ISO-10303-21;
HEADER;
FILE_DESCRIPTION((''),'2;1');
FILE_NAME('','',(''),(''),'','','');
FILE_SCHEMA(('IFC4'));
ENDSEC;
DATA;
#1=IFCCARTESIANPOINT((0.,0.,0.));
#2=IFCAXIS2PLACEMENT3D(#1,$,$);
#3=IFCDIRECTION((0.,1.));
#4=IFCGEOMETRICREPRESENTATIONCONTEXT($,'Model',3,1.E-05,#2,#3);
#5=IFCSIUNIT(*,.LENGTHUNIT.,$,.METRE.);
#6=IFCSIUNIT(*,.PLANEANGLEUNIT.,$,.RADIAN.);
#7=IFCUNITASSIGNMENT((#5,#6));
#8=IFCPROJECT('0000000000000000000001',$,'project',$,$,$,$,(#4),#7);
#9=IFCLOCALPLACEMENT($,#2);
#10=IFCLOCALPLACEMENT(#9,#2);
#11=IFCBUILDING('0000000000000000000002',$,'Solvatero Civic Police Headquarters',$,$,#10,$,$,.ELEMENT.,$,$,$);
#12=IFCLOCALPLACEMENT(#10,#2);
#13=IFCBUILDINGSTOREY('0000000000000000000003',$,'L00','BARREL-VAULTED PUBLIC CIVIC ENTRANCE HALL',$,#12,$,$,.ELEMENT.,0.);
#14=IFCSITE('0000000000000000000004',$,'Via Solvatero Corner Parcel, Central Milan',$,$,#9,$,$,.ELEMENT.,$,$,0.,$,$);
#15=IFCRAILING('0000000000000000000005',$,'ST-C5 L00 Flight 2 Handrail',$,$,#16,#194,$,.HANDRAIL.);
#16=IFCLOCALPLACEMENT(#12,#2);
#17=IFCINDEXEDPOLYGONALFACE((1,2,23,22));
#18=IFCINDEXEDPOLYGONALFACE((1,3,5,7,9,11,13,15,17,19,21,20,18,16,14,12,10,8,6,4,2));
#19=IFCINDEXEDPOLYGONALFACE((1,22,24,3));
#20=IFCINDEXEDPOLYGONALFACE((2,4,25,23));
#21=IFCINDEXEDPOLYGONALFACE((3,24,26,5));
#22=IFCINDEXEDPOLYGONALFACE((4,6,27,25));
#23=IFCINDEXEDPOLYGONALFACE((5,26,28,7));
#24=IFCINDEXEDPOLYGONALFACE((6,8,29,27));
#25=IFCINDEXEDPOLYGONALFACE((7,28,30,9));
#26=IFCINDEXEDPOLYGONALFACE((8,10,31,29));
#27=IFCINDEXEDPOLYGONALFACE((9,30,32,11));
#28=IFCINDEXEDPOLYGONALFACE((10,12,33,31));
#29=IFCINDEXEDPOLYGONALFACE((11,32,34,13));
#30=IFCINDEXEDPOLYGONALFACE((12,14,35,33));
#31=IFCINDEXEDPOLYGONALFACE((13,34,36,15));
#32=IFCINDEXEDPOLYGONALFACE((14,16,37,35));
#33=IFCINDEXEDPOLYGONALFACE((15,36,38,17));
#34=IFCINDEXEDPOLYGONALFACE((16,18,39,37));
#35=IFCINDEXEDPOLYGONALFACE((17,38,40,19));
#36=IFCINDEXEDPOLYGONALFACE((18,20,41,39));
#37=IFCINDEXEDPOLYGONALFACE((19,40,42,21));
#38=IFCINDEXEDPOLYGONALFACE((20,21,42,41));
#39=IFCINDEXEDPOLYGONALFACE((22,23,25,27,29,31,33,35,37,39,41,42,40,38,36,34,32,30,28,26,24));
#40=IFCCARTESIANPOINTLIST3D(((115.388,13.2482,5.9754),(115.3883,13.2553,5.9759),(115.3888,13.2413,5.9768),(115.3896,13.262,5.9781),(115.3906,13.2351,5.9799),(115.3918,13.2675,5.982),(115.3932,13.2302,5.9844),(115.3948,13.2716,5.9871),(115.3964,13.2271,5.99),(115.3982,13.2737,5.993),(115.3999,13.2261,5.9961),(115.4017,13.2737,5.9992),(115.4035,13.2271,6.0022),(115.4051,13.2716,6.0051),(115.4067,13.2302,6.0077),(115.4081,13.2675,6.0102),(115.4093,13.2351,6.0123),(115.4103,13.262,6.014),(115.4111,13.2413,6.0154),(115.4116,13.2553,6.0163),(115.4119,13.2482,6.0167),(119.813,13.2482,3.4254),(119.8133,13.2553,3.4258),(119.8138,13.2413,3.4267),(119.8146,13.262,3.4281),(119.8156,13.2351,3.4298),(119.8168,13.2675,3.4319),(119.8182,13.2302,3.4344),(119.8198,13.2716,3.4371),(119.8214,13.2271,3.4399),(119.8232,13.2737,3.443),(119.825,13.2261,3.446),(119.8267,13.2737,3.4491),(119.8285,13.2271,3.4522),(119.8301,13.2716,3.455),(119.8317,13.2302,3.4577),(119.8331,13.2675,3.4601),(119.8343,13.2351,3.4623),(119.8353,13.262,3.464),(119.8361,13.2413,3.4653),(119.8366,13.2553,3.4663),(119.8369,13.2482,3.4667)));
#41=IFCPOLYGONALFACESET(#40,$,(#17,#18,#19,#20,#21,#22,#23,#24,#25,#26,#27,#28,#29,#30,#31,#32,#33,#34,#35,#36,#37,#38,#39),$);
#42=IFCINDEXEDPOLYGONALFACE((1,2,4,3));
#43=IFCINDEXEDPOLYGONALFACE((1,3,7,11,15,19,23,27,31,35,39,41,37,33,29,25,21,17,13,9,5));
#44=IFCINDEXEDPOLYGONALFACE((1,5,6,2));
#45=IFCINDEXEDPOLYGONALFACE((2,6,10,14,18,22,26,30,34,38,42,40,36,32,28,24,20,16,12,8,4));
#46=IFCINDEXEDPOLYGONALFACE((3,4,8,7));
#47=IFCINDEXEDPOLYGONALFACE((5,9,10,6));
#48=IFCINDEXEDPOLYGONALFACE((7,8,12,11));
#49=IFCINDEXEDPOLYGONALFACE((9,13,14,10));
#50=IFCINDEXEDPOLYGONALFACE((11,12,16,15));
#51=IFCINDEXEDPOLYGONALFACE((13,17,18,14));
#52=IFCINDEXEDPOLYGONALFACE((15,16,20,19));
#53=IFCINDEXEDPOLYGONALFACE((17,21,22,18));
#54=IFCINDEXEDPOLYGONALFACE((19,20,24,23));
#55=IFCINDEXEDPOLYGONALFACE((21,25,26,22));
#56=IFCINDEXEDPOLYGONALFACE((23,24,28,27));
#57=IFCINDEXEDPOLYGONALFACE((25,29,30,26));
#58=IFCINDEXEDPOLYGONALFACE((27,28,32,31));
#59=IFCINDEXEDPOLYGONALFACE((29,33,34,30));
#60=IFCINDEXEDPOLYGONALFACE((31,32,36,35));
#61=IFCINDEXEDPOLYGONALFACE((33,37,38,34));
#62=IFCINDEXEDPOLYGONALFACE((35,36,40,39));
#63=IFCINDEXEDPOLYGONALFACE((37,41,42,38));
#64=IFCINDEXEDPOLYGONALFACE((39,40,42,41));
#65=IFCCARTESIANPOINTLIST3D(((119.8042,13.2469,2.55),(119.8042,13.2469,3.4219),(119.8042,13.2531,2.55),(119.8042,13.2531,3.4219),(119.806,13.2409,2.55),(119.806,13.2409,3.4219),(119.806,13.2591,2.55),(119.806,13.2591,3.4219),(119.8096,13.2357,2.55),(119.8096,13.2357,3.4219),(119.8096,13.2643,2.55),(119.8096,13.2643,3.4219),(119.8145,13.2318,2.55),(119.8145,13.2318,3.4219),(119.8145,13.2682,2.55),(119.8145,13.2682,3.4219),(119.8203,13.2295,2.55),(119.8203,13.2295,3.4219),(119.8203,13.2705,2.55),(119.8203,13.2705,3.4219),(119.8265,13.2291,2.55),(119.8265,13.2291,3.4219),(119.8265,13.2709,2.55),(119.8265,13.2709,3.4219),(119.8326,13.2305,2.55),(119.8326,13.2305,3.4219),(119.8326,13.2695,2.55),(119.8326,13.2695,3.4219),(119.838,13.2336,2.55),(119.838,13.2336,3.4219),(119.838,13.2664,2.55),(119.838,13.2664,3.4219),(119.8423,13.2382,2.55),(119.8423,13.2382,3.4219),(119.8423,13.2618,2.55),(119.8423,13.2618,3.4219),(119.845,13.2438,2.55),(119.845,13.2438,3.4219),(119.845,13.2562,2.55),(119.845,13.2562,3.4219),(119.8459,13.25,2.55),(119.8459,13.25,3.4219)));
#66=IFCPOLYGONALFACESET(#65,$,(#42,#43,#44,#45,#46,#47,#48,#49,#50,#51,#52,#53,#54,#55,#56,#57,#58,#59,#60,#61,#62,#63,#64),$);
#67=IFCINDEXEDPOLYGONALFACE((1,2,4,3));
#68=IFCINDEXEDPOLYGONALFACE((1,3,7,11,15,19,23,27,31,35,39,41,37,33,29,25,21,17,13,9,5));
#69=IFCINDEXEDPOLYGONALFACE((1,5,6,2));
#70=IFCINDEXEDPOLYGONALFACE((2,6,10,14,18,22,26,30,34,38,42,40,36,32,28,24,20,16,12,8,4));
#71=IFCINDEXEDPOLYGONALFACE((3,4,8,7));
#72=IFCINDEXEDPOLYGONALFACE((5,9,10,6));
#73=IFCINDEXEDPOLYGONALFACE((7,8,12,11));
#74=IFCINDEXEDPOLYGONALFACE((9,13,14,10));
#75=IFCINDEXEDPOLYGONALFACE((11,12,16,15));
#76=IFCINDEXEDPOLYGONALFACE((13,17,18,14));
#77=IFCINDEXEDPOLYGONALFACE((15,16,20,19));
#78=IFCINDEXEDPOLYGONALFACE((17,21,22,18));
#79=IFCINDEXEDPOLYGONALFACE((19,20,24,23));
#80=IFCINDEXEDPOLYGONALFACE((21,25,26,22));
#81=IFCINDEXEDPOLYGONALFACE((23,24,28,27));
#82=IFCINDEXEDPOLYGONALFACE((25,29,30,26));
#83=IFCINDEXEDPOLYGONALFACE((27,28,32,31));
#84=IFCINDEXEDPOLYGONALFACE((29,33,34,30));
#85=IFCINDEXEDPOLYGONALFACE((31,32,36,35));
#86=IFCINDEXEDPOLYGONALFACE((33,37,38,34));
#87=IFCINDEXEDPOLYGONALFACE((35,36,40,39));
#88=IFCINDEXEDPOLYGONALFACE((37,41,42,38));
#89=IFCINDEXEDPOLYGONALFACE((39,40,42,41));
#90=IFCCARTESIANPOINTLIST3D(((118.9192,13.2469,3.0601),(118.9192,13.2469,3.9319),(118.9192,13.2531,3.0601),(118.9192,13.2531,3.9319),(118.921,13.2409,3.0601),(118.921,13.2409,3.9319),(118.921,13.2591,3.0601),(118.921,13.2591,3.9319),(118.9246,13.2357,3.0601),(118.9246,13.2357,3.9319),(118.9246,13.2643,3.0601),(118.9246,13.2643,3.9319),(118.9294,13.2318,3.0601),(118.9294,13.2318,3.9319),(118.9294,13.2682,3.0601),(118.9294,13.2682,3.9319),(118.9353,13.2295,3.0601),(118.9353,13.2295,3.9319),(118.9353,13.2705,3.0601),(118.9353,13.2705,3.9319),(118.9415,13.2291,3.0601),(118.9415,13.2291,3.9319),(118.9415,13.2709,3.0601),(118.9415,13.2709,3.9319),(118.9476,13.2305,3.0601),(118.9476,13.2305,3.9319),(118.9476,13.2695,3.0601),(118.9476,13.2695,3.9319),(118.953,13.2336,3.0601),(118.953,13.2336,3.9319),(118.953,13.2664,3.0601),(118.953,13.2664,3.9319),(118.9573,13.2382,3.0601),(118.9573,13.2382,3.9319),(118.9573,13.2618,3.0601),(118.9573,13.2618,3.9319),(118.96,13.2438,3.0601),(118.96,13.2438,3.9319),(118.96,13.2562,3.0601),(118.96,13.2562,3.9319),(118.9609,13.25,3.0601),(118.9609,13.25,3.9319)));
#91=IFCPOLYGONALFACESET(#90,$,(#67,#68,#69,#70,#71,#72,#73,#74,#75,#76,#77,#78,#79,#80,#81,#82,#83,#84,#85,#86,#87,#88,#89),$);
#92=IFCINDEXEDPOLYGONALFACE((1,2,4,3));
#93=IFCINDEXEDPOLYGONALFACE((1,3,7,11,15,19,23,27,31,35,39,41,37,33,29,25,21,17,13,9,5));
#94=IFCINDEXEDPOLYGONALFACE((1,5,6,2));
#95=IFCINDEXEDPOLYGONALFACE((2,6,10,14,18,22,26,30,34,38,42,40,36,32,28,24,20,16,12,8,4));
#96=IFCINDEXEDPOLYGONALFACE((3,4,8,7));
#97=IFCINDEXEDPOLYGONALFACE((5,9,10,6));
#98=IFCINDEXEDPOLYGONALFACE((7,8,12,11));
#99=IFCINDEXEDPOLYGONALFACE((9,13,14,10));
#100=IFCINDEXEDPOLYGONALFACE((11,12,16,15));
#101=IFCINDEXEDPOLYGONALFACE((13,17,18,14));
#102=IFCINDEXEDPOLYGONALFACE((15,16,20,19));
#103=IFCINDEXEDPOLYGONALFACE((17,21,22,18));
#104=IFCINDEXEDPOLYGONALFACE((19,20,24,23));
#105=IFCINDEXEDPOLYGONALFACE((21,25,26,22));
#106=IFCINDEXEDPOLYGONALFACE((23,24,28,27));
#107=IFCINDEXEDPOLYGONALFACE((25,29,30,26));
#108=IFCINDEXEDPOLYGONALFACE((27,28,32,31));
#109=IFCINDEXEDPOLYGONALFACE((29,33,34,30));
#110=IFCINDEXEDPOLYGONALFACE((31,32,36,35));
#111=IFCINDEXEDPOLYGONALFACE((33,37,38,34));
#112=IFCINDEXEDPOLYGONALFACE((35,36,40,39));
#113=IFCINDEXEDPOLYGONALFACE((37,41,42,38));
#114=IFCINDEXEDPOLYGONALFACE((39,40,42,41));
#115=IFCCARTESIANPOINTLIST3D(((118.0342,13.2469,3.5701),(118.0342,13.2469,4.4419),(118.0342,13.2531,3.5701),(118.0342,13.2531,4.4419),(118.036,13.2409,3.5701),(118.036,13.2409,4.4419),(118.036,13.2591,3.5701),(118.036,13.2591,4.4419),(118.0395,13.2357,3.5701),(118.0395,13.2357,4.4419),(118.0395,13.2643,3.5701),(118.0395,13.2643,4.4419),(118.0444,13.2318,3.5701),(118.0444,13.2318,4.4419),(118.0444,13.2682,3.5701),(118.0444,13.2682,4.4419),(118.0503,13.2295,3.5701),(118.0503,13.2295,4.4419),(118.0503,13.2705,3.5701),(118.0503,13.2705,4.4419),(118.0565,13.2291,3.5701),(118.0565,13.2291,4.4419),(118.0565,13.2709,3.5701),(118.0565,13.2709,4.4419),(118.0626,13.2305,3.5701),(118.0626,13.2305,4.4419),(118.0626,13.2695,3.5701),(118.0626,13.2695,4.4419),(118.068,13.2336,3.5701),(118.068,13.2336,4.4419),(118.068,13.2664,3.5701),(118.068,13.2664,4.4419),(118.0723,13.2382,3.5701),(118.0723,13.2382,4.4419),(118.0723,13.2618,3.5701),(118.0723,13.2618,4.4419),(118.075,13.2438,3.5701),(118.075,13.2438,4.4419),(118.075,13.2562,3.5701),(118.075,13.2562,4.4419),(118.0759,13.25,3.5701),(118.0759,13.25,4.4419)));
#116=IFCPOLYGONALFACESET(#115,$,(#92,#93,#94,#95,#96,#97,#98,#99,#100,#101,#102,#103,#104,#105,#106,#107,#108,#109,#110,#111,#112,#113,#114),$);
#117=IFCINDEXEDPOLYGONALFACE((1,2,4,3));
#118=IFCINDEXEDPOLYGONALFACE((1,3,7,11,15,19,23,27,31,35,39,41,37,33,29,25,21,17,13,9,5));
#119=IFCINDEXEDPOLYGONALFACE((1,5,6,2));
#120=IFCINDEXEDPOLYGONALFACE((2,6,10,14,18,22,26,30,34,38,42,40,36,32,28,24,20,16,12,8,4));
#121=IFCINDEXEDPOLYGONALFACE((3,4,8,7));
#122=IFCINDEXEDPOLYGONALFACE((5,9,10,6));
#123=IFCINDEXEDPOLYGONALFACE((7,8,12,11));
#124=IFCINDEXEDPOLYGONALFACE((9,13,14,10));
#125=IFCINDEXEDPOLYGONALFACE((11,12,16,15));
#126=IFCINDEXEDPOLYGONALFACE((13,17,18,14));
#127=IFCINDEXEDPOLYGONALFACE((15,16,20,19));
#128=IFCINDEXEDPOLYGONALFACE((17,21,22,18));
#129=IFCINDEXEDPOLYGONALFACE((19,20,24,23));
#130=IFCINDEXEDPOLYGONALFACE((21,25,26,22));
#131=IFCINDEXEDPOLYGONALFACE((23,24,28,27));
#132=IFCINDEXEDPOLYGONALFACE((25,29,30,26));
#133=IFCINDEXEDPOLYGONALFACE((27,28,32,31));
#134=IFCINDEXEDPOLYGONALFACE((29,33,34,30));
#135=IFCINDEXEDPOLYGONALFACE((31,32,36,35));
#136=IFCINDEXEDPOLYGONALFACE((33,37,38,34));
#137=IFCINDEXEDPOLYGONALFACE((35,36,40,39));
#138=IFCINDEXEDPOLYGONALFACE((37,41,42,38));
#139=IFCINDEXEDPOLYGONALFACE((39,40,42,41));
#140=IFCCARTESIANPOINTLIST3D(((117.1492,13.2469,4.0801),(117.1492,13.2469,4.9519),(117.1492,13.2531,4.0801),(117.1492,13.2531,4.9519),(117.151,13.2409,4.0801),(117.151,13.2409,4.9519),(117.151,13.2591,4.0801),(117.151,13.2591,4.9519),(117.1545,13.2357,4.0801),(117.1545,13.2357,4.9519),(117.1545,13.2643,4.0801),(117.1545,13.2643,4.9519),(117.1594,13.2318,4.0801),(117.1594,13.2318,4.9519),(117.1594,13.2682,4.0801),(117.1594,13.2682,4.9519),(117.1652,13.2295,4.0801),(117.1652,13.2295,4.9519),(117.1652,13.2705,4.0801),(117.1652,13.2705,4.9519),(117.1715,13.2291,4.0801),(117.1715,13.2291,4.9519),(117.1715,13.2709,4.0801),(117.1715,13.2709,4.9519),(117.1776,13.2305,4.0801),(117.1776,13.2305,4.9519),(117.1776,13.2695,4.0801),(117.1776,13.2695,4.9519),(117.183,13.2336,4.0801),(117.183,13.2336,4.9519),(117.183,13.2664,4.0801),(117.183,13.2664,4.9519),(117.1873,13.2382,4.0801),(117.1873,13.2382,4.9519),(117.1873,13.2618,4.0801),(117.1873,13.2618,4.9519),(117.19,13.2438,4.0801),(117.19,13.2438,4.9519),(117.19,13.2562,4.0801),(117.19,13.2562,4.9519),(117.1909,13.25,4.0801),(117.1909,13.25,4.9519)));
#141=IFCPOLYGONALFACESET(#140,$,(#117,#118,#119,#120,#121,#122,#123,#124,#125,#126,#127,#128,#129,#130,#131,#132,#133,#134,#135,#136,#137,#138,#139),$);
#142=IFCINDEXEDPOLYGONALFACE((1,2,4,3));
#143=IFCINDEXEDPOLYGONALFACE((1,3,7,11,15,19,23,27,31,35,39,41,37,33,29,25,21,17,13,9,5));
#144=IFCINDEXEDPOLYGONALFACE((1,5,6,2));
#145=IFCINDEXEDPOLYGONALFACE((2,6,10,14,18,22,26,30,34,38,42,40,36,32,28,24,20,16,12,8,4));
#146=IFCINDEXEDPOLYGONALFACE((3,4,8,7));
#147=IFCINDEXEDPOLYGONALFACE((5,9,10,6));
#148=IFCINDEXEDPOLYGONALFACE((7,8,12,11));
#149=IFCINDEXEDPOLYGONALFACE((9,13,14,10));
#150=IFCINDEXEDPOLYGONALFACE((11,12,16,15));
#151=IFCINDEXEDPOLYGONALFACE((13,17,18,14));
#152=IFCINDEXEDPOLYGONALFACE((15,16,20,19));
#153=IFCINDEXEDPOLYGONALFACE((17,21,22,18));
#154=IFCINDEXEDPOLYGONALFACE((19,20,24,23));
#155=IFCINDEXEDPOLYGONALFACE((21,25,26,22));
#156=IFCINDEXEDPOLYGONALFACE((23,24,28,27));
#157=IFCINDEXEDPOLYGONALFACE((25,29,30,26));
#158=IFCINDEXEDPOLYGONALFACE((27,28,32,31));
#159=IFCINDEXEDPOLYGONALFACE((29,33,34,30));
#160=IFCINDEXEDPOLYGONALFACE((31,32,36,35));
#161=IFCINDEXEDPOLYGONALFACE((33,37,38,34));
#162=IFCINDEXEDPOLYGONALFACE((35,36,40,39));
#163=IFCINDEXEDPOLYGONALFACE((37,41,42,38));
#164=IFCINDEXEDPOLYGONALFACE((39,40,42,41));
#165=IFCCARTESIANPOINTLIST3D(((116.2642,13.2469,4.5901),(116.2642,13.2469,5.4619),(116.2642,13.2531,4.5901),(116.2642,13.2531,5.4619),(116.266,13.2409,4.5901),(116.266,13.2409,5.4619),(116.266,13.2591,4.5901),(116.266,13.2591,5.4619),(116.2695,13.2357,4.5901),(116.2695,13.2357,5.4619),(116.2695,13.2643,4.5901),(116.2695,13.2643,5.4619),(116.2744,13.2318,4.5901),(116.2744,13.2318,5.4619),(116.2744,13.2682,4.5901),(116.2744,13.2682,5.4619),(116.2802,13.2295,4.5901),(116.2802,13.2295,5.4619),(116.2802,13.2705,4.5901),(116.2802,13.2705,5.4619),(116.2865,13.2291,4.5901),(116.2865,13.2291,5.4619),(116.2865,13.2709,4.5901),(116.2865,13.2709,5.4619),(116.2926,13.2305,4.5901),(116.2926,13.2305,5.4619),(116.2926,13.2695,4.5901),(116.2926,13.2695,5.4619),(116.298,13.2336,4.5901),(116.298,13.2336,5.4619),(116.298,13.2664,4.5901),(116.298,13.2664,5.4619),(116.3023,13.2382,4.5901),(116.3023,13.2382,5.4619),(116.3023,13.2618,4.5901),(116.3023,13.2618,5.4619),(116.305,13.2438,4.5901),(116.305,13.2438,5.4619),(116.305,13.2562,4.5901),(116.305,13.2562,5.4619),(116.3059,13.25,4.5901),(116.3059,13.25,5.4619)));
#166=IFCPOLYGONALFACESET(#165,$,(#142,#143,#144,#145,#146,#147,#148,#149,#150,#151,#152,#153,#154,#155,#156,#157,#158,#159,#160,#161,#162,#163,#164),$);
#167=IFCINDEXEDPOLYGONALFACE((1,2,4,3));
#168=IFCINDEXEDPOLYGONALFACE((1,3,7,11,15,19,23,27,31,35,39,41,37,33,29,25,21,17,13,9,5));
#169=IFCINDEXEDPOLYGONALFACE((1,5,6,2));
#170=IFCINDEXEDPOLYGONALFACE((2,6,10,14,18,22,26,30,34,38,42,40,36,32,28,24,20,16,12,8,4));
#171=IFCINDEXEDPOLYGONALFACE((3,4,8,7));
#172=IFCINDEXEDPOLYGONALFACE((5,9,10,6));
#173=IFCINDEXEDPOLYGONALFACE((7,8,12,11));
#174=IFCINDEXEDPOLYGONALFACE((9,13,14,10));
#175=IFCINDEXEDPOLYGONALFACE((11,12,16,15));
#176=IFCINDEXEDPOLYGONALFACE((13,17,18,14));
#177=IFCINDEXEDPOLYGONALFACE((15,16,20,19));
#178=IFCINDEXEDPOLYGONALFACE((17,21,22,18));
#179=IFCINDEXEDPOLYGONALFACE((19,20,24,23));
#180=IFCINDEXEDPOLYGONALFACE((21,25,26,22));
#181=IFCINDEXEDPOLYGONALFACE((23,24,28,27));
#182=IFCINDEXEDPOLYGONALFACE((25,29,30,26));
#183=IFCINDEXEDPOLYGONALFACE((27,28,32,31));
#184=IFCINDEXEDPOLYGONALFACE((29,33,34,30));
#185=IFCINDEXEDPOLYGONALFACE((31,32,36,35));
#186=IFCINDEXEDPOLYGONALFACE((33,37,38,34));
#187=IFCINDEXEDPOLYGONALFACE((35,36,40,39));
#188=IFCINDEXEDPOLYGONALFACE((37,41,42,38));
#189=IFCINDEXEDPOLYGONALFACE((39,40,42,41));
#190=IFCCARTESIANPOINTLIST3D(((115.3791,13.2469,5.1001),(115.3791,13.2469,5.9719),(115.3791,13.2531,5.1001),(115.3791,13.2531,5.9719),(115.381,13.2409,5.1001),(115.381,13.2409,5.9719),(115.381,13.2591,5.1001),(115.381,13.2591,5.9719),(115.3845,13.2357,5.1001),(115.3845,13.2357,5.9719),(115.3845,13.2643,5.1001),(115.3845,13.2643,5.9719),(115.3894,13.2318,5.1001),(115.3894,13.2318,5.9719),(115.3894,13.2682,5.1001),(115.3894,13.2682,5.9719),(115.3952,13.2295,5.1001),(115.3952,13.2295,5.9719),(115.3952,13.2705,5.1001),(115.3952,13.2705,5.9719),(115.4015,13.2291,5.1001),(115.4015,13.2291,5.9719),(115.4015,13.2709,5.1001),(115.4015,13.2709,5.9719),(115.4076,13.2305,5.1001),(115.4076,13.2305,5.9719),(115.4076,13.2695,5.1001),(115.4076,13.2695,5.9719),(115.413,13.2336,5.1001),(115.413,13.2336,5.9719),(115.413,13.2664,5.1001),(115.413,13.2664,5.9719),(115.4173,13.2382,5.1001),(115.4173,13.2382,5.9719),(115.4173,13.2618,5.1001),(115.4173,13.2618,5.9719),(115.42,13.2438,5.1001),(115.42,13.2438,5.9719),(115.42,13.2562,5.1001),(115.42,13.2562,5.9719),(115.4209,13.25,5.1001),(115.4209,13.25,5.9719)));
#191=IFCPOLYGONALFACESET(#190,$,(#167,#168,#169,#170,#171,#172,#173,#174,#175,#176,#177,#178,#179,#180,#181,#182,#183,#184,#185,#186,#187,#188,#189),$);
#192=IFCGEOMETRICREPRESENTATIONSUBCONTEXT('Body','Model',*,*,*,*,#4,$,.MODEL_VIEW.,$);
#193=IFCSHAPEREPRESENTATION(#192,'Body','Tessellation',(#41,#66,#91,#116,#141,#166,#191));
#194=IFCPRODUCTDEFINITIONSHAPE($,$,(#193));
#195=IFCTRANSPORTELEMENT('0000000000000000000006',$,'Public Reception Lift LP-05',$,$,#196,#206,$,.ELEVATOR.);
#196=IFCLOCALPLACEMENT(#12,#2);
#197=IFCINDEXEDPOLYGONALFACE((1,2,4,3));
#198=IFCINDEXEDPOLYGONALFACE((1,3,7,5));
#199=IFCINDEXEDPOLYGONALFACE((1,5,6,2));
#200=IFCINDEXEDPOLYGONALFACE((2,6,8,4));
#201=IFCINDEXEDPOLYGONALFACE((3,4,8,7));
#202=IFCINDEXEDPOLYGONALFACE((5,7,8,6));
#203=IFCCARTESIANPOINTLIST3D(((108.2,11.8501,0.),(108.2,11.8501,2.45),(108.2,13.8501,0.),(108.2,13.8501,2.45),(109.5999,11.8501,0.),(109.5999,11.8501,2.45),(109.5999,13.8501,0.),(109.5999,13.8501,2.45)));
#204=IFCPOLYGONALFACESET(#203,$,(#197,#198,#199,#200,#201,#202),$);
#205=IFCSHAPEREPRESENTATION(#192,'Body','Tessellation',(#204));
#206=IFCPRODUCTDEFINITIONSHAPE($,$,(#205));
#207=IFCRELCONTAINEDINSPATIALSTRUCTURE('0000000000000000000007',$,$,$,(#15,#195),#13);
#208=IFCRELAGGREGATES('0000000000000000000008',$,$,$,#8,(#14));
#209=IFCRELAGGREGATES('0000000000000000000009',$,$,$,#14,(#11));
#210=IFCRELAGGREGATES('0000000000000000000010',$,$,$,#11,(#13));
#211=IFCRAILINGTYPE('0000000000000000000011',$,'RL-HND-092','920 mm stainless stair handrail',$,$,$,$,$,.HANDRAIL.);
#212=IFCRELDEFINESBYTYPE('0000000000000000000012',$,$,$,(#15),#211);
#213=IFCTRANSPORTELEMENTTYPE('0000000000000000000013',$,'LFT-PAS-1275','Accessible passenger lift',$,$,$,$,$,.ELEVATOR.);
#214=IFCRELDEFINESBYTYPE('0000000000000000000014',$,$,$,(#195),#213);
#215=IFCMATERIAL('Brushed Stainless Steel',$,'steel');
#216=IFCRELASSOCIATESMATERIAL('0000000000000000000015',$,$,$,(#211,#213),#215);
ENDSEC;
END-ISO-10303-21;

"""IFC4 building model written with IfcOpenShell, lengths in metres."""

from ifc_helpers import new_model, si_unit, direction, frame, origin, origin_2d, place, context, subcontext, project, spatial, rectangle, circle, extrude, material, type_object, element, save


model = new_model("IFC4")

# Units and contexts
model_context = context("Model", 3, precision=1e-05, world=origin(), true_north=direction((0.0, 1.0)))
body_context = subcontext(model_context, "Body", "Model", "MODEL_VIEW")
ifc_project = project(units=[si_unit("LENGTHUNIT", "METRE"), si_unit("PLANEANGLEUNIT", "RADIAN")], contexts=[model_context])

# Site, building, storey
site_placement = place(None, origin())
site = spatial("IfcSite", under=ifc_project, at=site_placement, Name="Via Solvatero Corner Parcel, Central Milan", CompositionType="ELEMENT", RefElevation=0.0)
building_placement = place(site_placement, origin())
building = spatial("IfcBuilding", under=site, at=building_placement, Name="Solvatero Civic Police Headquarters", CompositionType="ELEMENT")
storey_placement = place(building_placement, origin())
storey = spatial("IfcBuildingStorey", under=building, at=storey_placement, Name="L00", Description="BARREL-VAULTED PUBLIC CIVIC ENTRANCE HALL", CompositionType="ELEMENT", Elevation=0.0)

# Railing
ifc_material_1 = material(Name="Brushed Stainless Steel", Category="steel")
railing_type_1 = type_object("IfcRailingType", Name="RL-HND-092", Description="920 mm stainless stair handrail", PredefinedType="HANDRAIL", material=ifc_material_1)
railing_placement = place(storey_placement, frame((119.825, 13.25, 2.55)))
element("IfcRailing", 1, at=railing_placement, inside=storey, type_object=railing_type_1, Name="ST-C5 L00 Flight 2 Handrail", PredefinedType="HANDRAIL", context=body_context, shape_type="SweptSolid", body=[
    extrude(circle(Radius=0.0239, at=origin_2d()), frame((0.0, 0.0, 0.896), z_axis=(-0.866428, 0.0, 0.499302), x_axis=(0.0, -1.0, 0.0)), (0.0, 0.0, 1.0), 5.1072),
    extrude(circle(Radius=0.021, at=origin_2d()), origin(), (0.0, 0.0, 1.0), 0.8718),
    extrude(circle(Radius=0.021, at=origin_2d()), frame((-0.885, 0.0, 0.51)), (0.0, 0.0, 1.0), 0.8718),
    extrude(circle(Radius=0.021, at=origin_2d()), frame((-1.77, 0.0, 1.02)), (0.0, 0.0, 1.0), 0.8718),
    extrude(circle(Radius=0.021, at=origin_2d()), frame((-2.655, 0.0, 1.53)), (0.0, 0.0, 1.0), 0.8718),
    extrude(circle(Radius=0.021, at=origin_2d()), frame((-3.54, 0.0, 2.04)), (0.0, 0.0, 1.0), 0.8718),
    extrude(circle(Radius=0.021, at=origin_2d()), frame((-4.425, 0.0, 2.55)), (0.0, 0.0, 1.0), 0.8718),
])

# Transport element
transport_element_type = type_object("IfcTransportElementType", Name="LFT-PAS-1275", Description="Accessible passenger lift", PredefinedType="ELEVATOR", material=ifc_material_1)
transport_element_placement = place(storey_placement, frame((108.8999, 12.8501, 0.0), z_axis=(0.0, 0.0, 1.0), x_axis=(1.0, 0.0, 0.0)))
element("IfcTransportElement", 2, at=transport_element_placement, inside=storey, type_object=transport_element_type, Name="Public Reception Lift LP-05", PredefinedType="ELEVATOR", context=body_context, shape_type="SweptSolid", body=[
    extrude(rectangle(XDim=1.3999, YDim=2.0, at=origin_2d()), origin(), (0.0, 0.0, 1.0), 2.45),
])

save(model, "model.ifc")
